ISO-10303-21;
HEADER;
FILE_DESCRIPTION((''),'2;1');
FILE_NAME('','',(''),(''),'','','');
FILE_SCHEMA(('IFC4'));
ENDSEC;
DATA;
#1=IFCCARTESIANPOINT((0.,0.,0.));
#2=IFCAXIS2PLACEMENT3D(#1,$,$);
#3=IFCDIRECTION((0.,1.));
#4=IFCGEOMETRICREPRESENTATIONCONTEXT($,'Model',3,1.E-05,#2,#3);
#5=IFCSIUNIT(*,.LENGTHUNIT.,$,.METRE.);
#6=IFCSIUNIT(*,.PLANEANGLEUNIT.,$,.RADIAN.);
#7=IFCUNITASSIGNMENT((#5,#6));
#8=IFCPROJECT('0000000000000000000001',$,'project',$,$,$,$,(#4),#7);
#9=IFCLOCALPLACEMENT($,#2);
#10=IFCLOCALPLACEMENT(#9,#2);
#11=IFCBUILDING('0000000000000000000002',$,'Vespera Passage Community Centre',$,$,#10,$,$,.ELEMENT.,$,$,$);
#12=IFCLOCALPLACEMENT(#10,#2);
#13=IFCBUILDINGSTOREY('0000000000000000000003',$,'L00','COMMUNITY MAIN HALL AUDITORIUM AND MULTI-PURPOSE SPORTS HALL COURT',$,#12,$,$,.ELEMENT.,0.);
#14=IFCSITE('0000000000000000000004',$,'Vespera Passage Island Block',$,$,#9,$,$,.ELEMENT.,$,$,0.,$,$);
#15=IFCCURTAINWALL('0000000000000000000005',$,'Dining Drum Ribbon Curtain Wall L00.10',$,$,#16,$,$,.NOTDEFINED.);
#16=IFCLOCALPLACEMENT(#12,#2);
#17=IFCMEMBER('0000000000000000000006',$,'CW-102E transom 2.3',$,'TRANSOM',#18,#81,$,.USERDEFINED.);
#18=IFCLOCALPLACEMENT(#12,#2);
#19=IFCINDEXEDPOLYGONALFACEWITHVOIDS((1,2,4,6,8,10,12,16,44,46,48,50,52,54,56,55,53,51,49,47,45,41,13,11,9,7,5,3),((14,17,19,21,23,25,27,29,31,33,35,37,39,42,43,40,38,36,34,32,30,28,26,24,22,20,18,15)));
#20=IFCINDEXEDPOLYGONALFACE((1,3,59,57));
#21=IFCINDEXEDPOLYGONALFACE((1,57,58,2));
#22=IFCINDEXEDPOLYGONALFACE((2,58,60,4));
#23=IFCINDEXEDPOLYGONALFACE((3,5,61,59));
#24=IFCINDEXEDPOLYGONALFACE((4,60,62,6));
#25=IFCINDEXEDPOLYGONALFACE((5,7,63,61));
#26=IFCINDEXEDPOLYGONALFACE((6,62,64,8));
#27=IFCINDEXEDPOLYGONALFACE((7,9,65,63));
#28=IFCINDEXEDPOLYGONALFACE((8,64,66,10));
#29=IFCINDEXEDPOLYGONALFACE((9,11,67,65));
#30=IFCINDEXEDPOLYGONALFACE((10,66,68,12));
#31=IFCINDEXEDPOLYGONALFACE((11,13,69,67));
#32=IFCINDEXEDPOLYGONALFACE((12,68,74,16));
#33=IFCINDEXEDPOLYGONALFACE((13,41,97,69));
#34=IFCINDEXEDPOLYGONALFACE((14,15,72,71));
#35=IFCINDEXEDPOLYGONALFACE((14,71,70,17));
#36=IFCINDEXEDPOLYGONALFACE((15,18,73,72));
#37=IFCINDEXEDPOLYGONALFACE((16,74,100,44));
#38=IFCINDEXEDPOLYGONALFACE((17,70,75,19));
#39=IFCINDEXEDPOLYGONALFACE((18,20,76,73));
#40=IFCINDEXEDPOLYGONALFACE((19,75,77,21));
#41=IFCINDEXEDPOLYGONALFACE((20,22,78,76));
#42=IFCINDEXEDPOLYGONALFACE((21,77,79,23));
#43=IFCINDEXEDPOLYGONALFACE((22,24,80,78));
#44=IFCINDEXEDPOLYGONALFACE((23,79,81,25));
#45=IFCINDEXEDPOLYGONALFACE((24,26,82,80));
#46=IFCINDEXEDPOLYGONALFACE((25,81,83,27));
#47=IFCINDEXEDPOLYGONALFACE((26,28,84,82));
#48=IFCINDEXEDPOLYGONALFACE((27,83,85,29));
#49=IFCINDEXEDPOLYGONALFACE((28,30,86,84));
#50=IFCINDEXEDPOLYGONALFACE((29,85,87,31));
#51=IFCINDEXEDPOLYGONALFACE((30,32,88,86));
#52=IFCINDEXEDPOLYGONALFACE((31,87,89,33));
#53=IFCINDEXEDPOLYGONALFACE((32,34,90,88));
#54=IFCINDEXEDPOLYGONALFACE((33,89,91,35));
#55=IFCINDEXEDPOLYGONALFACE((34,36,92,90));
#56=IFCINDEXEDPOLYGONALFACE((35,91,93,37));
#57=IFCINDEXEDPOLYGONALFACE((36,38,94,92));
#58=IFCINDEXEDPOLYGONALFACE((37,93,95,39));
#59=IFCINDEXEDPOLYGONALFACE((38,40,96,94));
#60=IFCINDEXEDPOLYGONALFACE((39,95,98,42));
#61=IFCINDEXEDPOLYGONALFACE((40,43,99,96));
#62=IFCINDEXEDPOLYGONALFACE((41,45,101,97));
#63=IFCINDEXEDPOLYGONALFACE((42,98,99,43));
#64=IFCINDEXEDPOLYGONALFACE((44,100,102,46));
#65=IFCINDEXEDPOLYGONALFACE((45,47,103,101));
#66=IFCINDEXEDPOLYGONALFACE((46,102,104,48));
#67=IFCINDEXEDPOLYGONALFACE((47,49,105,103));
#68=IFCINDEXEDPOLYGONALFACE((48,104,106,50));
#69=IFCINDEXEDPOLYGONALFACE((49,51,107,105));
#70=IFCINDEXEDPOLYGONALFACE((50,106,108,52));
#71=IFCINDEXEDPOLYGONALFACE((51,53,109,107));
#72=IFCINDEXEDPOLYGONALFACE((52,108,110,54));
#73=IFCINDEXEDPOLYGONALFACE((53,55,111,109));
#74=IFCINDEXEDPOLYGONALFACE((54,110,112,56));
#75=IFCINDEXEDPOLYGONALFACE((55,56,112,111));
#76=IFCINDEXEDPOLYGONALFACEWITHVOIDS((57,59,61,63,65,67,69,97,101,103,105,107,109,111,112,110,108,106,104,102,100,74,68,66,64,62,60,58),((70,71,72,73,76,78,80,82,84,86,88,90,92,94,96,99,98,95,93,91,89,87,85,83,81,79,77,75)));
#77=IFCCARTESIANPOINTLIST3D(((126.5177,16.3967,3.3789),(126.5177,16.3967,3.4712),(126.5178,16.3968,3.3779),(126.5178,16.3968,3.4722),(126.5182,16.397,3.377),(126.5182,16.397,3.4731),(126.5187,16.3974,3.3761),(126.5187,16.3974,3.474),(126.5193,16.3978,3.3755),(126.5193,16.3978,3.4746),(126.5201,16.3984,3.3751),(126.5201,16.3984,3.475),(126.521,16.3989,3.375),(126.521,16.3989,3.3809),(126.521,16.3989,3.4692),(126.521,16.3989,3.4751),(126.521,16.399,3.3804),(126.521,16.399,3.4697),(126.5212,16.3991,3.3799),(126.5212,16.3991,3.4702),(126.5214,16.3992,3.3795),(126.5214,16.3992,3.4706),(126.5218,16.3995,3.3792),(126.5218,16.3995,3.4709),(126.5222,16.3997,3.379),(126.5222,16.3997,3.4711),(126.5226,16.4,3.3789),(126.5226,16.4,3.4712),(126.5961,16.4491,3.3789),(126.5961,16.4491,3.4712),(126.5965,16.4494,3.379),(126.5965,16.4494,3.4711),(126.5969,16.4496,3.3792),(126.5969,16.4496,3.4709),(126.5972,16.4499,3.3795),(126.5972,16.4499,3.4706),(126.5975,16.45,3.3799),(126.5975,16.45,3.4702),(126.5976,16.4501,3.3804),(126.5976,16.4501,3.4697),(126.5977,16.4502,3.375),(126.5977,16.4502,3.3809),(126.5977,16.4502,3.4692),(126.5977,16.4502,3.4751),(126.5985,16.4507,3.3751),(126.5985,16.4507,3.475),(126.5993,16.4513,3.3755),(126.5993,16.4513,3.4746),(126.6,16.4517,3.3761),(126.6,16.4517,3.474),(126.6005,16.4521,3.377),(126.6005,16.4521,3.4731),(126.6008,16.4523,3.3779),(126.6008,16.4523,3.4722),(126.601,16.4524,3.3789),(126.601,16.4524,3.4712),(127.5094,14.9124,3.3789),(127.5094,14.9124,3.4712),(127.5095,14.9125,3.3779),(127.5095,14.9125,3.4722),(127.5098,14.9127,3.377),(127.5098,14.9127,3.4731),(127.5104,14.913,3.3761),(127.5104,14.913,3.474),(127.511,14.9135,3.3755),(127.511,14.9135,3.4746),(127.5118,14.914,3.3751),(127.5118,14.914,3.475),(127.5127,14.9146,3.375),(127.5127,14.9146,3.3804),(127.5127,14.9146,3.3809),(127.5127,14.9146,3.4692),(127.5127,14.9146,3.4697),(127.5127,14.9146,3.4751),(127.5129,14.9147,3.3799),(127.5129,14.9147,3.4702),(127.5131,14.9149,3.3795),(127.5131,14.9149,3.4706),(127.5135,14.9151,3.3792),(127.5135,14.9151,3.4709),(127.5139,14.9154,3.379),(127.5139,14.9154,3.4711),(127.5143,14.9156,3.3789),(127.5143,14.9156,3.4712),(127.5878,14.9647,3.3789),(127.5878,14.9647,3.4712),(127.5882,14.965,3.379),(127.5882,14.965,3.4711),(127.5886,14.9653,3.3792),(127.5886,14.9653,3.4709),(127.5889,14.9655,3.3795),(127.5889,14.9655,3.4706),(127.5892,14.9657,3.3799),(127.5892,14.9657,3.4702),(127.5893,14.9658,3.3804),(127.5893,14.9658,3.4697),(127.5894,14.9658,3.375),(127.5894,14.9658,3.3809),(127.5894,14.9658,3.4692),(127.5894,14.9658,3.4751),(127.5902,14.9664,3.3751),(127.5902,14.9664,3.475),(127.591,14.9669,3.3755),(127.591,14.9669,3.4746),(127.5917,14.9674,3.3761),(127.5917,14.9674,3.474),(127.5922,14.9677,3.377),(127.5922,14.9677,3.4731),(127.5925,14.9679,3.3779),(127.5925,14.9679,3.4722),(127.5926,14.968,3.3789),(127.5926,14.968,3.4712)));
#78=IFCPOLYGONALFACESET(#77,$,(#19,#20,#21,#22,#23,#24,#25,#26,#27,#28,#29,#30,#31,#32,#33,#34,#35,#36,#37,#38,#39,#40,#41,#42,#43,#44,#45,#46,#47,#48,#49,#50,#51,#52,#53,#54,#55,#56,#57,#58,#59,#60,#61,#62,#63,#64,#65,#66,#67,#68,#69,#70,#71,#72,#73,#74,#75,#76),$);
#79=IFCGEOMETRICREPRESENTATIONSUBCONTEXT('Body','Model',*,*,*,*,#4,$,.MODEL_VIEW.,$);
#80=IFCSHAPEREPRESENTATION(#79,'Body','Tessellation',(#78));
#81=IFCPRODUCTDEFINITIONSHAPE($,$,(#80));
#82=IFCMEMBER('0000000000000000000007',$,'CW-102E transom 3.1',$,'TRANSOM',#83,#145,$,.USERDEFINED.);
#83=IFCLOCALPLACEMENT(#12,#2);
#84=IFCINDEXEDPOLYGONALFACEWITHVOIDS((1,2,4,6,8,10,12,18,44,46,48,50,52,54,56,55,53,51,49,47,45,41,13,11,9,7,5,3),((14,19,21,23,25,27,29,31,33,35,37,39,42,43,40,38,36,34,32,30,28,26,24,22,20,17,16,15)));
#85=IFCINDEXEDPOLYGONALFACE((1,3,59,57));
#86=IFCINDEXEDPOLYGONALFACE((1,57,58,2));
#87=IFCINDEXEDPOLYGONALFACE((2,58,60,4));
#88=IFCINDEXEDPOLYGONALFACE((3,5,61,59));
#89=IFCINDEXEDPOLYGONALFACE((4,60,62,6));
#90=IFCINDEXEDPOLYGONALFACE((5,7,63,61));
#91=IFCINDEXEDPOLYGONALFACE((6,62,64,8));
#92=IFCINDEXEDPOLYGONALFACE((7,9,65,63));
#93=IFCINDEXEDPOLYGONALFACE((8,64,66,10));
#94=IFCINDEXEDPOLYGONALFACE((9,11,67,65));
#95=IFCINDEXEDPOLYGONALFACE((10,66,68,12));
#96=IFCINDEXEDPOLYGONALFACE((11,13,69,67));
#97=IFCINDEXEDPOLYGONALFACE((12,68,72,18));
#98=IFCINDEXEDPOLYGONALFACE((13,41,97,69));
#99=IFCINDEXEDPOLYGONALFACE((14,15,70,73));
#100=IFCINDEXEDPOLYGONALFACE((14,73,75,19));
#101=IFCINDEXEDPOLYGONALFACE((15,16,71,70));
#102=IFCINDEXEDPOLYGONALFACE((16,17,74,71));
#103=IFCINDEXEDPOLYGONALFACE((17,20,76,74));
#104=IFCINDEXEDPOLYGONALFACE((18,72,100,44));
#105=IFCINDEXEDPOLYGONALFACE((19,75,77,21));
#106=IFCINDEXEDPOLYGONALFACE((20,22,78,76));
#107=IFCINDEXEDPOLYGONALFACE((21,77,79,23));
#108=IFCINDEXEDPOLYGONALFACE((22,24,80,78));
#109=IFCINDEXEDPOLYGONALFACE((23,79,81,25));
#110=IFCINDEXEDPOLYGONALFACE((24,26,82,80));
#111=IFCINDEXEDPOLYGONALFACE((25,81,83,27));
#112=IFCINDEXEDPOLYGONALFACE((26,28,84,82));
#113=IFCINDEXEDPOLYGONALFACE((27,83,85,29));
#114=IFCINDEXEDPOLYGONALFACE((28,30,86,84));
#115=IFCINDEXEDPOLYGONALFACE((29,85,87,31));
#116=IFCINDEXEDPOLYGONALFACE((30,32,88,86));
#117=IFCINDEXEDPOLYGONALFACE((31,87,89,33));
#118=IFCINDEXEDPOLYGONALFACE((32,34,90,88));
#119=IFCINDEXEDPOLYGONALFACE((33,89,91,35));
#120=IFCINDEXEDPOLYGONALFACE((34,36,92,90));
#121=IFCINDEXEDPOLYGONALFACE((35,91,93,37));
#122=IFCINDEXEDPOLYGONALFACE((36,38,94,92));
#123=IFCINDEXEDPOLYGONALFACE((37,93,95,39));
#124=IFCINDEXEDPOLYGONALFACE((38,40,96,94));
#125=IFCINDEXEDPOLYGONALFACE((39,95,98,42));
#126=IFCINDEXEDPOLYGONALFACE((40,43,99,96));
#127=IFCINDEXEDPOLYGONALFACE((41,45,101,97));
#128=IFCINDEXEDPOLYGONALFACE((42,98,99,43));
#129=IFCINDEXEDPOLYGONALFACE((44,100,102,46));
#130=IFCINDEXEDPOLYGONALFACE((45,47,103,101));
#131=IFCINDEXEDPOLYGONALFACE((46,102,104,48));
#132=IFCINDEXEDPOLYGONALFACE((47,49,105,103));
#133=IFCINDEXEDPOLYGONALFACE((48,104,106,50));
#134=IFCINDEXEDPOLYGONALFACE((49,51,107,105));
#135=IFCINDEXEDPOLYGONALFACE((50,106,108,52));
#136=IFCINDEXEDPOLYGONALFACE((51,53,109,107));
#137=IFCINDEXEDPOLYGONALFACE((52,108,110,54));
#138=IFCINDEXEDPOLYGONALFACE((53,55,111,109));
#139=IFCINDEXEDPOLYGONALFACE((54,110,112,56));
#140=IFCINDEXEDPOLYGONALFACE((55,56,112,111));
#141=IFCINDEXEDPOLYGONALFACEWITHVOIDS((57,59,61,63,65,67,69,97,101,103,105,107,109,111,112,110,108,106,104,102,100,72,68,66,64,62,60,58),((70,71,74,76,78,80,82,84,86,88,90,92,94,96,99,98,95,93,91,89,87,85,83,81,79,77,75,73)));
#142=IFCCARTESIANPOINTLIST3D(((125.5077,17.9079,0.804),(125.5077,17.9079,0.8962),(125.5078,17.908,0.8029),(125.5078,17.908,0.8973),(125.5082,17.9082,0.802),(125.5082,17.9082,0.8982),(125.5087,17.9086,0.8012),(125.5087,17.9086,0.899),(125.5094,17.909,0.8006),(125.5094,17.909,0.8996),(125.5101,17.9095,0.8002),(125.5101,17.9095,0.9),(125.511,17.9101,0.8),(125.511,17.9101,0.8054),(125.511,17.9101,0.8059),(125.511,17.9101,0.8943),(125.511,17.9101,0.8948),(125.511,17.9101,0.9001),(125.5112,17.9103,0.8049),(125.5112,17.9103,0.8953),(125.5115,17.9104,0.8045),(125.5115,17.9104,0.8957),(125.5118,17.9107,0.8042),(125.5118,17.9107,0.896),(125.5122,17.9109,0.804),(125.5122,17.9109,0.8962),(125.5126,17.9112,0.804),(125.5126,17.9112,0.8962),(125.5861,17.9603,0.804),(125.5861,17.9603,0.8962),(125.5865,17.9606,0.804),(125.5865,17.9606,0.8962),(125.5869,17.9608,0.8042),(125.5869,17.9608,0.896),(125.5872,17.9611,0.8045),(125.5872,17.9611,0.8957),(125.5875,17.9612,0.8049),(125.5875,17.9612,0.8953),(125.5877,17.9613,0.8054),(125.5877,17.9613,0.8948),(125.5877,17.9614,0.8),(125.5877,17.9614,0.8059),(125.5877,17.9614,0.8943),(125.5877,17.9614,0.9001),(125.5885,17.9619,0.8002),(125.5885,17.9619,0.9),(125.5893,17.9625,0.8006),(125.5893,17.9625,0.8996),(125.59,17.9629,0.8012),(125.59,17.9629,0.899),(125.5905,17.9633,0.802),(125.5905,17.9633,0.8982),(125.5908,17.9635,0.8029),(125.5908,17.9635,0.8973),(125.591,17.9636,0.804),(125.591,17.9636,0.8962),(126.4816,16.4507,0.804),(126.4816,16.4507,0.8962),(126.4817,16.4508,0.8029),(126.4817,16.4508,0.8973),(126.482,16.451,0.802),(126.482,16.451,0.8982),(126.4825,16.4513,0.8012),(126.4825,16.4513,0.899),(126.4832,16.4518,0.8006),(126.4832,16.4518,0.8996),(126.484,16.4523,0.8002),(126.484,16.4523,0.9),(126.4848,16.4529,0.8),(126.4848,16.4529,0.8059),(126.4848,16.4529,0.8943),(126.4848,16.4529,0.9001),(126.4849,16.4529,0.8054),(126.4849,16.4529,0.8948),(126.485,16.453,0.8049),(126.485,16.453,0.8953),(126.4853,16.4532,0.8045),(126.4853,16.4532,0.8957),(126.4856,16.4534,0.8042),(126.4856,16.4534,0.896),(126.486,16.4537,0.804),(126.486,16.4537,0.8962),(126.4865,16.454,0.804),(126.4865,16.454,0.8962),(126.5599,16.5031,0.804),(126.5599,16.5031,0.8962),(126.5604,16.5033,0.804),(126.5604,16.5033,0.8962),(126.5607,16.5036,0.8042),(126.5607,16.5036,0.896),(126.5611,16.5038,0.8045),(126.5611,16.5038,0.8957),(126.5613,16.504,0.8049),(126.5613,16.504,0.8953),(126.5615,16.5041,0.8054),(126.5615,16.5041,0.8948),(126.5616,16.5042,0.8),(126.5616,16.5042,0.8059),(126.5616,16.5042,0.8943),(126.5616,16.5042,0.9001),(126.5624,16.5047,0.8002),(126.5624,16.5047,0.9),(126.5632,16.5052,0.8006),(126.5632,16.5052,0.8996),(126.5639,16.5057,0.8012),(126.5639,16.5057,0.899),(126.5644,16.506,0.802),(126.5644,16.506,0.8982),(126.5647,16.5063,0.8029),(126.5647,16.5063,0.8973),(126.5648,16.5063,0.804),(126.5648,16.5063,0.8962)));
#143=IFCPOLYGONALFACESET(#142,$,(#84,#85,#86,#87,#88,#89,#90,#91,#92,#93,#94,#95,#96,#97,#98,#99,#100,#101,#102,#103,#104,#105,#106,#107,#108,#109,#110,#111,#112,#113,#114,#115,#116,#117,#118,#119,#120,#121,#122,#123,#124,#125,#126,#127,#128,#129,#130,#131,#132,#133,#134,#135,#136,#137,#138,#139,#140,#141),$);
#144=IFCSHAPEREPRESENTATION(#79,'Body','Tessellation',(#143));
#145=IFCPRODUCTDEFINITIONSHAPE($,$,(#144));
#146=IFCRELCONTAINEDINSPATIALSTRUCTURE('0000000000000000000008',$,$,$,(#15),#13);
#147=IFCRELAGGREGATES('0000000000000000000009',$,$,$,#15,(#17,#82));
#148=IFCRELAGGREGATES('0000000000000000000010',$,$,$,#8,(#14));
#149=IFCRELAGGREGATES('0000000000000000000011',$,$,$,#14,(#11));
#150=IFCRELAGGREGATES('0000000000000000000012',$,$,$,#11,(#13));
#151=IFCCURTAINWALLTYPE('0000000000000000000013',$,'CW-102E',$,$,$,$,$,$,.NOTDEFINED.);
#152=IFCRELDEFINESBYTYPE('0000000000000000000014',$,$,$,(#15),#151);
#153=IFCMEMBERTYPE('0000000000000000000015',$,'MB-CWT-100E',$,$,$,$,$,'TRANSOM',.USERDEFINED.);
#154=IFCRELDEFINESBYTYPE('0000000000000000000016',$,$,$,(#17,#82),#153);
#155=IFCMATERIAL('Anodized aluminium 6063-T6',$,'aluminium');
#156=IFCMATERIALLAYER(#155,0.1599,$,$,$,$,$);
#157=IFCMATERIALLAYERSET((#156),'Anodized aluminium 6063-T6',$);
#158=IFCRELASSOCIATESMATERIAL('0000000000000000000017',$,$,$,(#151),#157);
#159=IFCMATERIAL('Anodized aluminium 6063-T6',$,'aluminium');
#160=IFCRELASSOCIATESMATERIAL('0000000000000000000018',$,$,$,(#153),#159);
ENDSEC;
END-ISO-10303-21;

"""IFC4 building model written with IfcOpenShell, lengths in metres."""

from ifc_helpers import new_model, si_unit, direction, frame, origin, origin_2d, place, context, subcontext, project, spatial, hollow_rectangle, extrude, material, layer, layer_set, material_profile, profile_set, type_object, element, aggregate, save


model = new_model("IFC4")

# Units and contexts
model_context = context("Model", 3, precision=1e-05, world=origin(), true_north=direction((0.0, 1.0)))
body_context = subcontext(model_context, "Body", "Model", "MODEL_VIEW")
ifc_project = project(units=[si_unit("LENGTHUNIT", "METRE"), si_unit("PLANEANGLEUNIT", "RADIAN")], contexts=[model_context])

# Site, building, storey
site_placement = place(None, origin())
site = spatial("IfcSite", under=ifc_project, at=site_placement, Name="Vespera Passage Island Block", CompositionType="ELEMENT", RefElevation=0.0)
building_placement = place(site_placement, origin())
building = spatial("IfcBuilding", under=site, at=building_placement, Name="Vespera Passage Community Centre", CompositionType="ELEMENT")
storey_placement = place(building_placement, origin())
storey = spatial("IfcBuildingStorey", under=building, at=storey_placement, Name="L00", Description="COMMUNITY MAIN HALL AUDITORIUM AND MULTI-PURPOSE SPORTS HALL COURT", CompositionType="ELEMENT", Elevation=0.0)

# Curtain wall
ifc_material_1 = material(Name="Anodized aluminium 6063-T6", Category="aluminium")
ifc_layer_1 = layer(ifc_material_1, 0.1599)
ifc_layer_set_1 = layer_set([ifc_layer_1], Name="Anodized aluminium 6063-T6")
curtain_wall_type_1 = type_object("IfcCurtainWallType", Name="CW-102E", PredefinedType="NOTDEFINED", material=ifc_layer_set_1)
curtain_wall_1_placement = place(storey_placement, origin())
curtain_wall_1 = element("IfcCurtainWall", 1, at=curtain_wall_1_placement, inside=storey, type_object=curtain_wall_type_1, Name="Dining Drum Ribbon Curtain Wall L00.10", PredefinedType="NOTDEFINED")

# Members
ifc_material_2 = material(Name="Anodized aluminium 6063-T6", Category="aluminium")
ifc_material_profile_1 = material_profile(ifc_material_2, hollow_rectangle(XDim=0.1001, YDim=0.1001, WallThickness=0.0039, InnerFilletRadius=0.002, OuterFilletRadius=0.0039, at=origin_2d()), Name="ALU100X100X4")
ifc_profile_set_1 = profile_set([ifc_material_profile_1], Name="Anodized aluminium 6063-T6")
member_type_1 = type_object("IfcMemberType", Name="MB-CWT-100E", ElementType="TRANSOM", PredefinedType="USERDEFINED", material=ifc_profile_set_1)
member_1_placement = place(storey_placement, frame((127.551, 14.9402, 3.425), z_axis=(-0.55552, 0.831503, 0.0), x_axis=(-0.831503, -0.55552, 0.0)))
member_1 = element("IfcMember", 2, at=member_1_placement, type_object=member_type_1, Name="CW-102E transom 2.3", ObjectType="TRANSOM", PredefinedType="USERDEFINED", context=body_context, shape_type="SweptSolid", body=[
    extrude(hollow_rectangle(XDim=0.1001, YDim=0.1001, WallThickness=0.0039, InnerFilletRadius=0.002, OuterFilletRadius=0.0039, at=origin_2d()), origin(), (0.0, 0.0, 1.0), 1.7852),
])
member_2_placement = place(storey_placement, frame((126.5232, 16.4785, 0.8501), z_axis=(-0.555632, 0.831428, 0.0), x_axis=(-0.831428, -0.555632, 0.0)))
member_2 = element("IfcMember", 3, at=member_2_placement, type_object=member_type_1, Name="CW-102E transom 3.1", ObjectType="TRANSOM", PredefinedType="USERDEFINED", context=body_context, shape_type="SweptSolid", body=[
    extrude(hollow_rectangle(XDim=0.1001, YDim=0.1001, WallThickness=0.0039, InnerFilletRadius=0.002, OuterFilletRadius=0.0039, at=origin_2d()), origin(), (0.0, 0.0, 1.0), 1.7527),
])

aggregate(curtain_wall_1, [member_1, member_2])

save(model, "model.ifc")
